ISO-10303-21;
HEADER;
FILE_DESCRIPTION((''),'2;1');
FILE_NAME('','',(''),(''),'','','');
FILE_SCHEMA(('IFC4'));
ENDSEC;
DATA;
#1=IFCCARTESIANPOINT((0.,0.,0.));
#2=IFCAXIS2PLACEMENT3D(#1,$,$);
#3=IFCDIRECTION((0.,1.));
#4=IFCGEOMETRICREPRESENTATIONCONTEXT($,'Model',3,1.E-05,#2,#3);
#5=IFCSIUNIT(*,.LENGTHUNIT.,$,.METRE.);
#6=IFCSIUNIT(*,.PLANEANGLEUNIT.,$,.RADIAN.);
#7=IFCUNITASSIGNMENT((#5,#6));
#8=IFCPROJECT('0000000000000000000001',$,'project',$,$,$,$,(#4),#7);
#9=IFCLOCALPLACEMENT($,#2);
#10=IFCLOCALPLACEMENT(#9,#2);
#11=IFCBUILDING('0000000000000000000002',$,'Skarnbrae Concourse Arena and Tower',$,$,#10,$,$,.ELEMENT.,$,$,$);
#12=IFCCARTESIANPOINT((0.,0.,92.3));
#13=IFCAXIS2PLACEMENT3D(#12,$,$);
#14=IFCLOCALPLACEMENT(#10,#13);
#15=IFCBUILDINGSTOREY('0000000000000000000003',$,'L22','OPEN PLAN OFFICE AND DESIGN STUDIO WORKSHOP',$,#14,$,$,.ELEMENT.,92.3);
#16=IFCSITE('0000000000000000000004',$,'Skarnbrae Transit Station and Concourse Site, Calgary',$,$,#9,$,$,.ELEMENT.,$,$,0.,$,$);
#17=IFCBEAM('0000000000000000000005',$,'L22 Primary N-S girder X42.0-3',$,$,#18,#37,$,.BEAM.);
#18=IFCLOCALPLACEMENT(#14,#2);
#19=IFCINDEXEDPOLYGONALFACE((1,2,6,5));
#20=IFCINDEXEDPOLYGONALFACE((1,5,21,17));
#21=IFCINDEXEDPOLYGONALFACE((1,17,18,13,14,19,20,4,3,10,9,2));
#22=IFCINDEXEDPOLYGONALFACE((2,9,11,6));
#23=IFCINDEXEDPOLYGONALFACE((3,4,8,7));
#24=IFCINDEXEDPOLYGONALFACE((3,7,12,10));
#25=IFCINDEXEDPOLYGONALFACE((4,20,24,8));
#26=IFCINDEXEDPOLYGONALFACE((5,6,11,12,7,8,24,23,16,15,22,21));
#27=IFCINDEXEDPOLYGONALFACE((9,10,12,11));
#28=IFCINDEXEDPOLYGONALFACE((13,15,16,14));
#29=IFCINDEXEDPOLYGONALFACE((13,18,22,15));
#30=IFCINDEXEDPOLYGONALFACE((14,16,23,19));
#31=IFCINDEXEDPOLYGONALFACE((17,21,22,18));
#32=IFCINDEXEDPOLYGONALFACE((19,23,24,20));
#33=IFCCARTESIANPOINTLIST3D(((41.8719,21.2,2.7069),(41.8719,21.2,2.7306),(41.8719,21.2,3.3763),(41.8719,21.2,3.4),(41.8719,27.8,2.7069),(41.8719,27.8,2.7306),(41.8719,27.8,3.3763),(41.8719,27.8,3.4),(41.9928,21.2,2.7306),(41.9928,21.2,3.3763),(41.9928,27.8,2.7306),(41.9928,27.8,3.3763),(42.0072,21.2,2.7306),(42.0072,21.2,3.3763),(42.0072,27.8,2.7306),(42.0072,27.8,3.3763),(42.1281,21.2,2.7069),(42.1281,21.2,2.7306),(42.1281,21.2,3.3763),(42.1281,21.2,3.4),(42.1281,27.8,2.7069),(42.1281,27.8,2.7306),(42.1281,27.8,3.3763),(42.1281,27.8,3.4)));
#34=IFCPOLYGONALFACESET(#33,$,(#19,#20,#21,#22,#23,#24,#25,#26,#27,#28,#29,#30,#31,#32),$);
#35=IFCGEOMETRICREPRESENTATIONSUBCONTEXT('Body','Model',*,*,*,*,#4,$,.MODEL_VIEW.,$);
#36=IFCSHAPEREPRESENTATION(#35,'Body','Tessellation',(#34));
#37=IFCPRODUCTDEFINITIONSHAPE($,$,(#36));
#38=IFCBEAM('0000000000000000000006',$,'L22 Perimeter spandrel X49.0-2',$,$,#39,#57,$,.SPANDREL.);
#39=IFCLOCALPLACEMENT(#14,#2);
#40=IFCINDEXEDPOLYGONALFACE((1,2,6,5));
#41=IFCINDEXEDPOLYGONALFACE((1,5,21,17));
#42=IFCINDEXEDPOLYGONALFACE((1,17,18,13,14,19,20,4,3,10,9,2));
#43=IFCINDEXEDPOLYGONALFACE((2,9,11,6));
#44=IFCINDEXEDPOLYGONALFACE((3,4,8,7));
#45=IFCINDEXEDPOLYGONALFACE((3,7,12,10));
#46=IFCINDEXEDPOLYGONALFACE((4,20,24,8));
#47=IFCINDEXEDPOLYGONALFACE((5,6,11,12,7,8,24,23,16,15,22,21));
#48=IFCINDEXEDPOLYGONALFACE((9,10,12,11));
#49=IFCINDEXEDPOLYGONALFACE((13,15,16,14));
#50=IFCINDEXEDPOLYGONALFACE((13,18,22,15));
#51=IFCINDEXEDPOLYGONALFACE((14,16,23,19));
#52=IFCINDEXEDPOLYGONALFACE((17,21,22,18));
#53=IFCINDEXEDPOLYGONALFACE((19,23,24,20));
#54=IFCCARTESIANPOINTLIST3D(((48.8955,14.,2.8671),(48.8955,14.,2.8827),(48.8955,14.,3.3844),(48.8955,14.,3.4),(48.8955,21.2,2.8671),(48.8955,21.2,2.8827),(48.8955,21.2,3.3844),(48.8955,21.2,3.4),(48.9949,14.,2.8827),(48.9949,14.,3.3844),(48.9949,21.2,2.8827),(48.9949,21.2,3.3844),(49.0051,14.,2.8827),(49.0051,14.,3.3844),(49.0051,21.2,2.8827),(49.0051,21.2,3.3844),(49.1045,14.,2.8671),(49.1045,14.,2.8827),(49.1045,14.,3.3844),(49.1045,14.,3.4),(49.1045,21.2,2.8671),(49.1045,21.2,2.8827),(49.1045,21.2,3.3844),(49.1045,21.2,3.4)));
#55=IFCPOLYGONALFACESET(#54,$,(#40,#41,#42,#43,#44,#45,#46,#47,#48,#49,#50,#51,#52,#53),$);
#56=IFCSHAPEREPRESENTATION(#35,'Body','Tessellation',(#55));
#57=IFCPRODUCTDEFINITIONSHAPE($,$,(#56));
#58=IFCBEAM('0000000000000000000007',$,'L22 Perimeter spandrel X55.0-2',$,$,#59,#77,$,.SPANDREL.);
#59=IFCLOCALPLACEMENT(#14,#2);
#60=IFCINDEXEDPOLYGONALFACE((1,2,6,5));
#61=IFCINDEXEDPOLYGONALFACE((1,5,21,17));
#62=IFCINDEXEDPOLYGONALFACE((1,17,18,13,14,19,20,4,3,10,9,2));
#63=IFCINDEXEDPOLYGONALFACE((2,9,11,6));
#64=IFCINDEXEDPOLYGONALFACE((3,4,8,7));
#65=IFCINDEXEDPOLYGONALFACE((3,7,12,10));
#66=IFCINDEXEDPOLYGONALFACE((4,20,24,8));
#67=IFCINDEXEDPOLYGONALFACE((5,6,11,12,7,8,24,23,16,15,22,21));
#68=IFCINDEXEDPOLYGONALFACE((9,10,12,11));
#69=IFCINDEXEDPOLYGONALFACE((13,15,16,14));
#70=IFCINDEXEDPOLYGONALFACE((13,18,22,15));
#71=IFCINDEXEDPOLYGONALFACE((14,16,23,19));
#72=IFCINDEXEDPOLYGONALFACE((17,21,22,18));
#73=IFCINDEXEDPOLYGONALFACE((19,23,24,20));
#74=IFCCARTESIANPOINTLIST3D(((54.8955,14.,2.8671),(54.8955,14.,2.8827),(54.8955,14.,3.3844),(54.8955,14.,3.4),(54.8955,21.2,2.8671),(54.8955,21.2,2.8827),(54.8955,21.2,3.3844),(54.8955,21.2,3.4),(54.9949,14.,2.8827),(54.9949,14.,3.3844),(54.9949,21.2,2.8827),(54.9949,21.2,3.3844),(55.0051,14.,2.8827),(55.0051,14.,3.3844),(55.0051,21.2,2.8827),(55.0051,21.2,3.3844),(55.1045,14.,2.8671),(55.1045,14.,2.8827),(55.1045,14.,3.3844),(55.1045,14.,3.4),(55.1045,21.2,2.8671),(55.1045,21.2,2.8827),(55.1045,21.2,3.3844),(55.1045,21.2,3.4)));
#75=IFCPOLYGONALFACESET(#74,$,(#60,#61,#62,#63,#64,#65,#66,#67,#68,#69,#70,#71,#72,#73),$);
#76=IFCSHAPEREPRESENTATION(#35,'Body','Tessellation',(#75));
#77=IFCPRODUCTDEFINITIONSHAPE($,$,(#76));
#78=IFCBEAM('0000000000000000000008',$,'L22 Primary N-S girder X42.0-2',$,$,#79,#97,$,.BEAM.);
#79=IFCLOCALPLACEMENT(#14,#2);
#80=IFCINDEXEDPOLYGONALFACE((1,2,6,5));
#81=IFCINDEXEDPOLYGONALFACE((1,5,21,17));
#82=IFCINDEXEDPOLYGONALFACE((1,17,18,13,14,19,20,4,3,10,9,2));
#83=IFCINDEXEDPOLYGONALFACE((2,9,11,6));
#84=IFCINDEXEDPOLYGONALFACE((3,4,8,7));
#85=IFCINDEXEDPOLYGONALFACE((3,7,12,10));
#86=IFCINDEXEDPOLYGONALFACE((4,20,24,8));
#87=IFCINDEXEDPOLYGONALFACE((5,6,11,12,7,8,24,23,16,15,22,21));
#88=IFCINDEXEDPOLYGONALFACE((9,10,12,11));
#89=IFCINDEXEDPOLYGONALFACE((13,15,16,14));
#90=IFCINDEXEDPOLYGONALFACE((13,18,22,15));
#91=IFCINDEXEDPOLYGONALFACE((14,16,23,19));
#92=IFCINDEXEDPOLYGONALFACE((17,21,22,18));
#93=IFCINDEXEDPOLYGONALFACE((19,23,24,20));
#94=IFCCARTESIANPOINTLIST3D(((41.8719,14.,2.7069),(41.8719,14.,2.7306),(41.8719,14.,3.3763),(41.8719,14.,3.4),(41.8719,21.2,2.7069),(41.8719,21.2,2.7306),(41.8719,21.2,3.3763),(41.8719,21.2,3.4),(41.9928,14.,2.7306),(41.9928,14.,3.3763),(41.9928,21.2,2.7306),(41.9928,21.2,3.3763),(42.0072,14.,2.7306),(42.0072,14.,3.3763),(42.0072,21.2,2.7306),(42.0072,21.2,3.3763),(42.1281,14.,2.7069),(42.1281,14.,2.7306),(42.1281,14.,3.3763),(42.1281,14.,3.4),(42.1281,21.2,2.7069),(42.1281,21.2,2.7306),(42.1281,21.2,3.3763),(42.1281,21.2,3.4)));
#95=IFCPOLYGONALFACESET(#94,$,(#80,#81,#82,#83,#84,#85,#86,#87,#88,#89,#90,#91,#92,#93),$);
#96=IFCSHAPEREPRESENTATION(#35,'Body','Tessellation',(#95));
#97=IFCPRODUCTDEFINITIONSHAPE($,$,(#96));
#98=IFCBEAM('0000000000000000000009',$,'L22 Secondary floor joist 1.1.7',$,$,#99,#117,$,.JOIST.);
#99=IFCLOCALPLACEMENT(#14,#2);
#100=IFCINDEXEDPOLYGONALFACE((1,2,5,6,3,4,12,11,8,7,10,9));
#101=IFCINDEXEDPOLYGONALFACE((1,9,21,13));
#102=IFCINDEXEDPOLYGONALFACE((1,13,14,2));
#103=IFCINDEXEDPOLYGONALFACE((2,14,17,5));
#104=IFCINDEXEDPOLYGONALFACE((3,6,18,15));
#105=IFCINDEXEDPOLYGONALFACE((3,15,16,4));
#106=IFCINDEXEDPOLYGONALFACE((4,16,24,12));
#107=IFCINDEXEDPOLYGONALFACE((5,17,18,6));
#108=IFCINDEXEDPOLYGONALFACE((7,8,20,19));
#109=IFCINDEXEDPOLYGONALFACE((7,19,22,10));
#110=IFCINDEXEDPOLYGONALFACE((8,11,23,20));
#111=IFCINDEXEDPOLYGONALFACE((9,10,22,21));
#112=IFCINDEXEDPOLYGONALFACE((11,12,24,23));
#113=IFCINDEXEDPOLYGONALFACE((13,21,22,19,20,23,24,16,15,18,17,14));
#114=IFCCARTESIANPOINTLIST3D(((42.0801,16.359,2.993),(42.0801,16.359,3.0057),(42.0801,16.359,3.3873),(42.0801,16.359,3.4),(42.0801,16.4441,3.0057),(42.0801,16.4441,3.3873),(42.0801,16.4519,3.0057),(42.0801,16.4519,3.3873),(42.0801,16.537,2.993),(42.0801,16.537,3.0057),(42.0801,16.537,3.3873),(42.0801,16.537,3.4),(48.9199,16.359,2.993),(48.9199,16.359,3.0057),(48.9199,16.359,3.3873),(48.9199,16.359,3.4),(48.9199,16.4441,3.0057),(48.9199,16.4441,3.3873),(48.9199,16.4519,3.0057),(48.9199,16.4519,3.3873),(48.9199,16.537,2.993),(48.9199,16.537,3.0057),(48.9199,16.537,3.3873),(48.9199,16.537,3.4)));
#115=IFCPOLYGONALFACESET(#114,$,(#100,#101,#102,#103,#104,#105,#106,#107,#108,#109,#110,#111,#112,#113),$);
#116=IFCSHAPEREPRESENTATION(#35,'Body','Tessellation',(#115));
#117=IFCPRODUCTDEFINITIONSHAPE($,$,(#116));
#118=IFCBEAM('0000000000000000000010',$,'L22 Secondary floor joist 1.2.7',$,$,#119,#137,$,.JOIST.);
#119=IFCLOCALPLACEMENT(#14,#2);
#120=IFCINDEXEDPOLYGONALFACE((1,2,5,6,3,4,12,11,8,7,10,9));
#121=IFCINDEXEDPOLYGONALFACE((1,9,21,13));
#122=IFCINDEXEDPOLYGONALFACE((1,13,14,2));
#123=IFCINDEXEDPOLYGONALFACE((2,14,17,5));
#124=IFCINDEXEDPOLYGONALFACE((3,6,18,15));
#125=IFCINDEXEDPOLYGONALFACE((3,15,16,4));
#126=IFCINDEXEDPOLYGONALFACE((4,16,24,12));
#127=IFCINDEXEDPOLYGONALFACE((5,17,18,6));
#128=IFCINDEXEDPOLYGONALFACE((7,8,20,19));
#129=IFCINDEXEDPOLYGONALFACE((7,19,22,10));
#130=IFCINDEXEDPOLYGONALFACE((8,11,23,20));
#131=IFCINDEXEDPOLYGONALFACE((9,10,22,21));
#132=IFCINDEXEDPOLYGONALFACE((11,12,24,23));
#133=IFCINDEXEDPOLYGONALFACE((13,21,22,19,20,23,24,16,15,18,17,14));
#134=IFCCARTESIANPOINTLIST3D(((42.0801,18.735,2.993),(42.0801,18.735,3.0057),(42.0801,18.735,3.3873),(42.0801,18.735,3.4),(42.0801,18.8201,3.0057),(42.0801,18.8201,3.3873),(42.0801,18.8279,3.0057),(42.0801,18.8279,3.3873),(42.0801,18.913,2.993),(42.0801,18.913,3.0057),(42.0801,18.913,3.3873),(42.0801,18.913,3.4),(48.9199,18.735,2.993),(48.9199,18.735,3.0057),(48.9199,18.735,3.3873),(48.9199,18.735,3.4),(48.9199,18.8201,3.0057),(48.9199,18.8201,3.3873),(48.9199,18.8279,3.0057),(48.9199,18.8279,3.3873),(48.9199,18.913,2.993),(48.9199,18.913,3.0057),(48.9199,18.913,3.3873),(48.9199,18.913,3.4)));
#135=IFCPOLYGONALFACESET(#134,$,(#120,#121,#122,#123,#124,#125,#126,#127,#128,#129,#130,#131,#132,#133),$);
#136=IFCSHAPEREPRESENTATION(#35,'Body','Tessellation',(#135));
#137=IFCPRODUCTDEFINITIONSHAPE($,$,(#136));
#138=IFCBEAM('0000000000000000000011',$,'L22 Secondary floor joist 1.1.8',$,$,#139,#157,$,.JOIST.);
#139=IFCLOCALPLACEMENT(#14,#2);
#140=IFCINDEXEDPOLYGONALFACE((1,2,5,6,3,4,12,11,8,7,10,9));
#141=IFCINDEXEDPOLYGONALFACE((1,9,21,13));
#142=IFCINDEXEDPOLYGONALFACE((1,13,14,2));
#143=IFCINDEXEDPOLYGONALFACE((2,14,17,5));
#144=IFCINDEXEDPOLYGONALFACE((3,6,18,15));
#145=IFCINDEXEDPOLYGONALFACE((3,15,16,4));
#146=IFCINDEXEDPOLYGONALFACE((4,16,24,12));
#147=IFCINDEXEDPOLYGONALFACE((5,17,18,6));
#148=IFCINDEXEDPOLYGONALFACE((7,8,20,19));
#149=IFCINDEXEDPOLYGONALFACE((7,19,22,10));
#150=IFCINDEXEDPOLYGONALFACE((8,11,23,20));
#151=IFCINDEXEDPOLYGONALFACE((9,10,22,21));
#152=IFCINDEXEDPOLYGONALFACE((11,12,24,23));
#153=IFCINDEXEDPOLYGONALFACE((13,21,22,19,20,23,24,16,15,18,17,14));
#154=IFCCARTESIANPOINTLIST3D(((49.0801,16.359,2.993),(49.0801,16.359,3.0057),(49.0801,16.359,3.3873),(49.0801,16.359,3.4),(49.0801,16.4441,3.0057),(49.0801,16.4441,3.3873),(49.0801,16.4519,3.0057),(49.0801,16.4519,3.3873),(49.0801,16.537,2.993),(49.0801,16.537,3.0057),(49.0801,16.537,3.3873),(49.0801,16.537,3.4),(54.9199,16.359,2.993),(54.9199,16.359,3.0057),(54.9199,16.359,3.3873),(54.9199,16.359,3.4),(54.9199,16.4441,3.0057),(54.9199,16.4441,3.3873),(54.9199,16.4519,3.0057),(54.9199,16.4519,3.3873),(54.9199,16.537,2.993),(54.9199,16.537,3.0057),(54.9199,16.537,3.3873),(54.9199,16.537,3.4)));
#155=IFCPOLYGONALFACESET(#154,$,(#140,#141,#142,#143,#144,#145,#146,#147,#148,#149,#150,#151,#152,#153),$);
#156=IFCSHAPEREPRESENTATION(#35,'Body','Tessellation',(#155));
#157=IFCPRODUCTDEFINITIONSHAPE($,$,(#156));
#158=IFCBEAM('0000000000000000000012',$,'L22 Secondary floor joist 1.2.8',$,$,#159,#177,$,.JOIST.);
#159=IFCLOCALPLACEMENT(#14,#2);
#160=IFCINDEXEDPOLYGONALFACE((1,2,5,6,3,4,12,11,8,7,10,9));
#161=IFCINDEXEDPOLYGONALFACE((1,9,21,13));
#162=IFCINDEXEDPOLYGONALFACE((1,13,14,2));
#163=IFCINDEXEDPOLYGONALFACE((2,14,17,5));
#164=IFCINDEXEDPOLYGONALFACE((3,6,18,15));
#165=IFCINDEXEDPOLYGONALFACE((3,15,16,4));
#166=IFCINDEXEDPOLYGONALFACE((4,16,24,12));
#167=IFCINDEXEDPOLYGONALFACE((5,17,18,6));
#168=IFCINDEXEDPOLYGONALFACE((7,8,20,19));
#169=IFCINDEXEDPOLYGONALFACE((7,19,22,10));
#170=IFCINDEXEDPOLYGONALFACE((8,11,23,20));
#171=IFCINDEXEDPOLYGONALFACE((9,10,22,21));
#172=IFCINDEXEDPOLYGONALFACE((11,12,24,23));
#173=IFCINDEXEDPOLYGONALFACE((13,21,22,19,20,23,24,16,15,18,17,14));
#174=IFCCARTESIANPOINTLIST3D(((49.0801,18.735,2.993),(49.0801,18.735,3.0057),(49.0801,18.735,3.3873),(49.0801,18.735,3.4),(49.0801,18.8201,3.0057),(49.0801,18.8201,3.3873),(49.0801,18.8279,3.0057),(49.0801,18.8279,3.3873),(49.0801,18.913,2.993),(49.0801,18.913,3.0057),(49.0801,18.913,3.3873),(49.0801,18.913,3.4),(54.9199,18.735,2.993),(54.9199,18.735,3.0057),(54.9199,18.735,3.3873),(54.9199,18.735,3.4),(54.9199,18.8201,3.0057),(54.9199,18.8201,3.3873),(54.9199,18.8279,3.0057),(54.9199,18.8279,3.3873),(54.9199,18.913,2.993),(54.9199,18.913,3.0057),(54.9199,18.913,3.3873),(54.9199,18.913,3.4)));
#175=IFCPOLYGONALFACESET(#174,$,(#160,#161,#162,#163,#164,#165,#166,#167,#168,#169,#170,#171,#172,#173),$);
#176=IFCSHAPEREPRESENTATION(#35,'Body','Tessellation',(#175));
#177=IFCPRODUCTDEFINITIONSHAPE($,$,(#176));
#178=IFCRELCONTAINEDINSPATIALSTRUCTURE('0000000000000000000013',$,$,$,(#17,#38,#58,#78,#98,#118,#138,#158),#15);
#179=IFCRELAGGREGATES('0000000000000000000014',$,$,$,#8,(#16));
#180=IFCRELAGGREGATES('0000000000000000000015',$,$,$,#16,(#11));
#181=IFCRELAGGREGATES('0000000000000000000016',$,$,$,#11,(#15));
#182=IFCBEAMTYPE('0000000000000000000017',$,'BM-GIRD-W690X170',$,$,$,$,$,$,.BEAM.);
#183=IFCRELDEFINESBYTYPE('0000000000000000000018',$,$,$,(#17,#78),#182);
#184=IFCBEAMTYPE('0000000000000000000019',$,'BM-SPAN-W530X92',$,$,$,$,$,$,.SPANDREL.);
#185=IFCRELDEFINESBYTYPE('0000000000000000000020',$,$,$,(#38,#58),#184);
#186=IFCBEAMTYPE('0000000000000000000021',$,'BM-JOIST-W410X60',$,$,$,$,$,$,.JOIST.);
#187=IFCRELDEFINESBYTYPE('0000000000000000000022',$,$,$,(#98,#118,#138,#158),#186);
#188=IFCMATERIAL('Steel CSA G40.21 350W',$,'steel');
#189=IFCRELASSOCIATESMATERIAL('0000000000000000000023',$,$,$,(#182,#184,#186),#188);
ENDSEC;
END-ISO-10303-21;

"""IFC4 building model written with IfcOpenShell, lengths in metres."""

from ifc_helpers import new_model, si_unit, direction, frame, origin, origin_2d, place, context, subcontext, project, spatial, i_section, extrude, source, transform, mapped, material, material_profile, profile_set, type_object, element, save


model = new_model("IFC4")

# Units and contexts
model_context = context("Model", 3, precision=1e-05, world=origin(), true_north=direction((0.0, 1.0)))
body_context = subcontext(model_context, "Body", "Model", "MODEL_VIEW")
ifc_project = project(units=[si_unit("LENGTHUNIT", "METRE"), si_unit("PLANEANGLEUNIT", "RADIAN")], contexts=[model_context])

# Site, building, storey
site_placement = place(None, origin())
site = spatial("IfcSite", under=ifc_project, at=site_placement, Name="Skarnbrae Transit Station and Concourse Site, Calgary", CompositionType="ELEMENT", RefElevation=0.0)
building_placement = place(site_placement, origin())
building = spatial("IfcBuilding", under=site, at=building_placement, Name="Skarnbrae Concourse Arena and Tower", CompositionType="ELEMENT")
storey_placement = place(building_placement, frame((0.0, 0.0, 92.3)))
storey = spatial("IfcBuildingStorey", under=building, at=storey_placement, Name="L22", Description="OPEN PLAN OFFICE AND DESIGN STUDIO WORKSHOP", CompositionType="ELEMENT", Elevation=92.3)

# Shared definitions
ifc_material_1 = material(Name="Steel CSA G40.21 350W", Category="steel")

# Beams
ifc_material_profile_1 = material_profile(ifc_material_1, i_section(OverallWidth=0.2561, OverallDepth=0.6931, WebThickness=0.0144, FlangeThickness=0.0237, at=origin_2d()), Name="W690X170")
ifc_profile_set_1 = profile_set([ifc_material_profile_1], Name="Steel CSA G40.21 350W")
beam_type_1 = type_object("IfcBeamType", Name="BM-GIRD-W690X170", PredefinedType="BEAM", material=ifc_profile_set_1)
ifc_material_profile_2 = material_profile(ifc_material_1, i_section(OverallWidth=0.209, OverallDepth=0.533, WebThickness=0.0103, FlangeThickness=0.0156, at=origin_2d()), Name="W530X92")
ifc_profile_set_2 = profile_set([ifc_material_profile_2], Name="Steel CSA G40.21 350W")
beam_type_2 = type_object("IfcBeamType", Name="BM-SPAN-W530X92", PredefinedType="SPANDREL", material=ifc_profile_set_2)
shared_shape_1 = source(origin(), body_context, "Body", "SweptSolid", [
    extrude(i_section(OverallWidth=0.2561, OverallDepth=0.6931, WebThickness=0.0144, FlangeThickness=0.0237, at=origin_2d()), origin(), (0.0, 0.0, 1.0), 6.6001),
])
beam_1_placement = place(storey_placement, frame((42.0, 21.2, 3.0535), z_axis=(0.0, 1.0, 0.0), x_axis=(-1.0, 0.0, 0.0)))
element("IfcBeam", 1, at=beam_1_placement, inside=storey, type_object=beam_type_1, Name="L22 Primary N-S girder X42.0-3", PredefinedType="BEAM", context=body_context, shape_type="MappedRepresentation", body=[
    mapped(shared_shape_1, transform((0.0, 0.0, 0.0))),
])
shared_shape_2 = source(origin(), body_context, "Body", "SweptSolid", [
    extrude(i_section(OverallWidth=0.209, OverallDepth=0.533, WebThickness=0.0103, FlangeThickness=0.0156, at=origin_2d()), origin(), (0.0, 0.0, 1.0), 7.2),
])
for number, where, z_axis, x_axis, name in (
    (2, (49.0, 14.0, 3.1335), (0.0, 1.0, 0.0), (-1.0, 0.0, 0.0), "L22 Perimeter spandrel X49.0-2"),
    (3, (55.0, 14.0, 3.1335), (0.0, 1.0, 0.0), (-1.0, 0.0, 0.0), "L22 Perimeter spandrel X55.0-2"),
):
    element("IfcBeam", number, at=place(storey_placement, frame(where, z_axis=z_axis, x_axis=x_axis)), inside=storey, type_object=beam_type_2, Name=name, PredefinedType="SPANDREL", context=body_context, shape_type="MappedRepresentation", body=[
        mapped(shared_shape_2, transform((0.0, 0.0, 0.0))),
    ])
shared_shape_3 = source(origin(), body_context, "Body", "SweptSolid", [
    extrude(i_section(OverallWidth=0.2561, OverallDepth=0.6931, WebThickness=0.0144, FlangeThickness=0.0237, at=origin_2d()), origin(), (0.0, 0.0, 1.0), 7.2),
])
beam_2_placement = place(storey_placement, frame((42.0, 14.0, 3.0535), z_axis=(0.0, 1.0, 0.0), x_axis=(-1.0, 0.0, 0.0)))
element("IfcBeam", 4, at=beam_2_placement, inside=storey, type_object=beam_type_1, Name="L22 Primary N-S girder X42.0-2", PredefinedType="BEAM", context=body_context, shape_type="MappedRepresentation", body=[
    mapped(shared_shape_3, transform((0.0, 0.0, 0.0))),
])
ifc_material_profile_3 = material_profile(ifc_material_1, i_section(OverallWidth=0.178, OverallDepth=0.407, WebThickness=0.0078, FlangeThickness=0.0127, at=origin_2d()), Name="W410X60")
ifc_profile_set_3 = profile_set([ifc_material_profile_3], Name="Steel CSA G40.21 350W")
beam_type_3 = type_object("IfcBeamType", Name="BM-JOIST-W410X60", PredefinedType="JOIST", material=ifc_profile_set_3)
shared_shape_4 = source(origin(), body_context, "Body", "SweptSolid", [
    extrude(i_section(OverallWidth=0.178, OverallDepth=0.407, WebThickness=0.0078, FlangeThickness=0.0127, at=origin_2d()), origin(), (0.0, 0.0, 1.0), 6.8398),
])
for number, where, z_axis, x_axis, name in (
    (5, (42.0801, 16.448, 3.1965), (1.0, 0.0, 0.0), (0.0, 1.0, 0.0), "L22 Secondary floor joist 1.1.7"),
    (6, (42.0801, 18.824, 3.1965), (1.0, 0.0, 0.0), (0.0, 1.0, 0.0), "L22 Secondary floor joist 1.2.7"),
):
    element("IfcBeam", number, at=place(storey_placement, frame(where, z_axis=z_axis, x_axis=x_axis)), inside=storey, type_object=beam_type_3, Name=name, PredefinedType="JOIST", context=body_context, shape_type="MappedRepresentation", body=[
        mapped(shared_shape_4, transform((0.0, 0.0, 0.0))),
    ])
shared_shape_5 = source(origin(), body_context, "Body", "SweptSolid", [
    extrude(i_section(OverallWidth=0.178, OverallDepth=0.407, WebThickness=0.0078, FlangeThickness=0.0127, at=origin_2d()), origin(), (0.0, 0.0, 1.0), 5.8398),
])
for number, where, z_axis, x_axis, name in (
    (7, (49.0801, 16.448, 3.1965), (1.0, 0.0, 0.0), (0.0, 1.0, 0.0), "L22 Secondary floor joist 1.1.8"),
    (8, (49.0801, 18.824, 3.1965), (1.0, 0.0, 0.0), (0.0, 1.0, 0.0), "L22 Secondary floor joist 1.2.8"),
):
    element("IfcBeam", number, at=place(storey_placement, frame(where, z_axis=z_axis, x_axis=x_axis)), inside=storey, type_object=beam_type_3, Name=name, PredefinedType="JOIST", context=body_context, shape_type="MappedRepresentation", body=[
        mapped(shared_shape_5, transform((0.0, 0.0, 0.0))),
    ])

save(model, "model.ifc")
